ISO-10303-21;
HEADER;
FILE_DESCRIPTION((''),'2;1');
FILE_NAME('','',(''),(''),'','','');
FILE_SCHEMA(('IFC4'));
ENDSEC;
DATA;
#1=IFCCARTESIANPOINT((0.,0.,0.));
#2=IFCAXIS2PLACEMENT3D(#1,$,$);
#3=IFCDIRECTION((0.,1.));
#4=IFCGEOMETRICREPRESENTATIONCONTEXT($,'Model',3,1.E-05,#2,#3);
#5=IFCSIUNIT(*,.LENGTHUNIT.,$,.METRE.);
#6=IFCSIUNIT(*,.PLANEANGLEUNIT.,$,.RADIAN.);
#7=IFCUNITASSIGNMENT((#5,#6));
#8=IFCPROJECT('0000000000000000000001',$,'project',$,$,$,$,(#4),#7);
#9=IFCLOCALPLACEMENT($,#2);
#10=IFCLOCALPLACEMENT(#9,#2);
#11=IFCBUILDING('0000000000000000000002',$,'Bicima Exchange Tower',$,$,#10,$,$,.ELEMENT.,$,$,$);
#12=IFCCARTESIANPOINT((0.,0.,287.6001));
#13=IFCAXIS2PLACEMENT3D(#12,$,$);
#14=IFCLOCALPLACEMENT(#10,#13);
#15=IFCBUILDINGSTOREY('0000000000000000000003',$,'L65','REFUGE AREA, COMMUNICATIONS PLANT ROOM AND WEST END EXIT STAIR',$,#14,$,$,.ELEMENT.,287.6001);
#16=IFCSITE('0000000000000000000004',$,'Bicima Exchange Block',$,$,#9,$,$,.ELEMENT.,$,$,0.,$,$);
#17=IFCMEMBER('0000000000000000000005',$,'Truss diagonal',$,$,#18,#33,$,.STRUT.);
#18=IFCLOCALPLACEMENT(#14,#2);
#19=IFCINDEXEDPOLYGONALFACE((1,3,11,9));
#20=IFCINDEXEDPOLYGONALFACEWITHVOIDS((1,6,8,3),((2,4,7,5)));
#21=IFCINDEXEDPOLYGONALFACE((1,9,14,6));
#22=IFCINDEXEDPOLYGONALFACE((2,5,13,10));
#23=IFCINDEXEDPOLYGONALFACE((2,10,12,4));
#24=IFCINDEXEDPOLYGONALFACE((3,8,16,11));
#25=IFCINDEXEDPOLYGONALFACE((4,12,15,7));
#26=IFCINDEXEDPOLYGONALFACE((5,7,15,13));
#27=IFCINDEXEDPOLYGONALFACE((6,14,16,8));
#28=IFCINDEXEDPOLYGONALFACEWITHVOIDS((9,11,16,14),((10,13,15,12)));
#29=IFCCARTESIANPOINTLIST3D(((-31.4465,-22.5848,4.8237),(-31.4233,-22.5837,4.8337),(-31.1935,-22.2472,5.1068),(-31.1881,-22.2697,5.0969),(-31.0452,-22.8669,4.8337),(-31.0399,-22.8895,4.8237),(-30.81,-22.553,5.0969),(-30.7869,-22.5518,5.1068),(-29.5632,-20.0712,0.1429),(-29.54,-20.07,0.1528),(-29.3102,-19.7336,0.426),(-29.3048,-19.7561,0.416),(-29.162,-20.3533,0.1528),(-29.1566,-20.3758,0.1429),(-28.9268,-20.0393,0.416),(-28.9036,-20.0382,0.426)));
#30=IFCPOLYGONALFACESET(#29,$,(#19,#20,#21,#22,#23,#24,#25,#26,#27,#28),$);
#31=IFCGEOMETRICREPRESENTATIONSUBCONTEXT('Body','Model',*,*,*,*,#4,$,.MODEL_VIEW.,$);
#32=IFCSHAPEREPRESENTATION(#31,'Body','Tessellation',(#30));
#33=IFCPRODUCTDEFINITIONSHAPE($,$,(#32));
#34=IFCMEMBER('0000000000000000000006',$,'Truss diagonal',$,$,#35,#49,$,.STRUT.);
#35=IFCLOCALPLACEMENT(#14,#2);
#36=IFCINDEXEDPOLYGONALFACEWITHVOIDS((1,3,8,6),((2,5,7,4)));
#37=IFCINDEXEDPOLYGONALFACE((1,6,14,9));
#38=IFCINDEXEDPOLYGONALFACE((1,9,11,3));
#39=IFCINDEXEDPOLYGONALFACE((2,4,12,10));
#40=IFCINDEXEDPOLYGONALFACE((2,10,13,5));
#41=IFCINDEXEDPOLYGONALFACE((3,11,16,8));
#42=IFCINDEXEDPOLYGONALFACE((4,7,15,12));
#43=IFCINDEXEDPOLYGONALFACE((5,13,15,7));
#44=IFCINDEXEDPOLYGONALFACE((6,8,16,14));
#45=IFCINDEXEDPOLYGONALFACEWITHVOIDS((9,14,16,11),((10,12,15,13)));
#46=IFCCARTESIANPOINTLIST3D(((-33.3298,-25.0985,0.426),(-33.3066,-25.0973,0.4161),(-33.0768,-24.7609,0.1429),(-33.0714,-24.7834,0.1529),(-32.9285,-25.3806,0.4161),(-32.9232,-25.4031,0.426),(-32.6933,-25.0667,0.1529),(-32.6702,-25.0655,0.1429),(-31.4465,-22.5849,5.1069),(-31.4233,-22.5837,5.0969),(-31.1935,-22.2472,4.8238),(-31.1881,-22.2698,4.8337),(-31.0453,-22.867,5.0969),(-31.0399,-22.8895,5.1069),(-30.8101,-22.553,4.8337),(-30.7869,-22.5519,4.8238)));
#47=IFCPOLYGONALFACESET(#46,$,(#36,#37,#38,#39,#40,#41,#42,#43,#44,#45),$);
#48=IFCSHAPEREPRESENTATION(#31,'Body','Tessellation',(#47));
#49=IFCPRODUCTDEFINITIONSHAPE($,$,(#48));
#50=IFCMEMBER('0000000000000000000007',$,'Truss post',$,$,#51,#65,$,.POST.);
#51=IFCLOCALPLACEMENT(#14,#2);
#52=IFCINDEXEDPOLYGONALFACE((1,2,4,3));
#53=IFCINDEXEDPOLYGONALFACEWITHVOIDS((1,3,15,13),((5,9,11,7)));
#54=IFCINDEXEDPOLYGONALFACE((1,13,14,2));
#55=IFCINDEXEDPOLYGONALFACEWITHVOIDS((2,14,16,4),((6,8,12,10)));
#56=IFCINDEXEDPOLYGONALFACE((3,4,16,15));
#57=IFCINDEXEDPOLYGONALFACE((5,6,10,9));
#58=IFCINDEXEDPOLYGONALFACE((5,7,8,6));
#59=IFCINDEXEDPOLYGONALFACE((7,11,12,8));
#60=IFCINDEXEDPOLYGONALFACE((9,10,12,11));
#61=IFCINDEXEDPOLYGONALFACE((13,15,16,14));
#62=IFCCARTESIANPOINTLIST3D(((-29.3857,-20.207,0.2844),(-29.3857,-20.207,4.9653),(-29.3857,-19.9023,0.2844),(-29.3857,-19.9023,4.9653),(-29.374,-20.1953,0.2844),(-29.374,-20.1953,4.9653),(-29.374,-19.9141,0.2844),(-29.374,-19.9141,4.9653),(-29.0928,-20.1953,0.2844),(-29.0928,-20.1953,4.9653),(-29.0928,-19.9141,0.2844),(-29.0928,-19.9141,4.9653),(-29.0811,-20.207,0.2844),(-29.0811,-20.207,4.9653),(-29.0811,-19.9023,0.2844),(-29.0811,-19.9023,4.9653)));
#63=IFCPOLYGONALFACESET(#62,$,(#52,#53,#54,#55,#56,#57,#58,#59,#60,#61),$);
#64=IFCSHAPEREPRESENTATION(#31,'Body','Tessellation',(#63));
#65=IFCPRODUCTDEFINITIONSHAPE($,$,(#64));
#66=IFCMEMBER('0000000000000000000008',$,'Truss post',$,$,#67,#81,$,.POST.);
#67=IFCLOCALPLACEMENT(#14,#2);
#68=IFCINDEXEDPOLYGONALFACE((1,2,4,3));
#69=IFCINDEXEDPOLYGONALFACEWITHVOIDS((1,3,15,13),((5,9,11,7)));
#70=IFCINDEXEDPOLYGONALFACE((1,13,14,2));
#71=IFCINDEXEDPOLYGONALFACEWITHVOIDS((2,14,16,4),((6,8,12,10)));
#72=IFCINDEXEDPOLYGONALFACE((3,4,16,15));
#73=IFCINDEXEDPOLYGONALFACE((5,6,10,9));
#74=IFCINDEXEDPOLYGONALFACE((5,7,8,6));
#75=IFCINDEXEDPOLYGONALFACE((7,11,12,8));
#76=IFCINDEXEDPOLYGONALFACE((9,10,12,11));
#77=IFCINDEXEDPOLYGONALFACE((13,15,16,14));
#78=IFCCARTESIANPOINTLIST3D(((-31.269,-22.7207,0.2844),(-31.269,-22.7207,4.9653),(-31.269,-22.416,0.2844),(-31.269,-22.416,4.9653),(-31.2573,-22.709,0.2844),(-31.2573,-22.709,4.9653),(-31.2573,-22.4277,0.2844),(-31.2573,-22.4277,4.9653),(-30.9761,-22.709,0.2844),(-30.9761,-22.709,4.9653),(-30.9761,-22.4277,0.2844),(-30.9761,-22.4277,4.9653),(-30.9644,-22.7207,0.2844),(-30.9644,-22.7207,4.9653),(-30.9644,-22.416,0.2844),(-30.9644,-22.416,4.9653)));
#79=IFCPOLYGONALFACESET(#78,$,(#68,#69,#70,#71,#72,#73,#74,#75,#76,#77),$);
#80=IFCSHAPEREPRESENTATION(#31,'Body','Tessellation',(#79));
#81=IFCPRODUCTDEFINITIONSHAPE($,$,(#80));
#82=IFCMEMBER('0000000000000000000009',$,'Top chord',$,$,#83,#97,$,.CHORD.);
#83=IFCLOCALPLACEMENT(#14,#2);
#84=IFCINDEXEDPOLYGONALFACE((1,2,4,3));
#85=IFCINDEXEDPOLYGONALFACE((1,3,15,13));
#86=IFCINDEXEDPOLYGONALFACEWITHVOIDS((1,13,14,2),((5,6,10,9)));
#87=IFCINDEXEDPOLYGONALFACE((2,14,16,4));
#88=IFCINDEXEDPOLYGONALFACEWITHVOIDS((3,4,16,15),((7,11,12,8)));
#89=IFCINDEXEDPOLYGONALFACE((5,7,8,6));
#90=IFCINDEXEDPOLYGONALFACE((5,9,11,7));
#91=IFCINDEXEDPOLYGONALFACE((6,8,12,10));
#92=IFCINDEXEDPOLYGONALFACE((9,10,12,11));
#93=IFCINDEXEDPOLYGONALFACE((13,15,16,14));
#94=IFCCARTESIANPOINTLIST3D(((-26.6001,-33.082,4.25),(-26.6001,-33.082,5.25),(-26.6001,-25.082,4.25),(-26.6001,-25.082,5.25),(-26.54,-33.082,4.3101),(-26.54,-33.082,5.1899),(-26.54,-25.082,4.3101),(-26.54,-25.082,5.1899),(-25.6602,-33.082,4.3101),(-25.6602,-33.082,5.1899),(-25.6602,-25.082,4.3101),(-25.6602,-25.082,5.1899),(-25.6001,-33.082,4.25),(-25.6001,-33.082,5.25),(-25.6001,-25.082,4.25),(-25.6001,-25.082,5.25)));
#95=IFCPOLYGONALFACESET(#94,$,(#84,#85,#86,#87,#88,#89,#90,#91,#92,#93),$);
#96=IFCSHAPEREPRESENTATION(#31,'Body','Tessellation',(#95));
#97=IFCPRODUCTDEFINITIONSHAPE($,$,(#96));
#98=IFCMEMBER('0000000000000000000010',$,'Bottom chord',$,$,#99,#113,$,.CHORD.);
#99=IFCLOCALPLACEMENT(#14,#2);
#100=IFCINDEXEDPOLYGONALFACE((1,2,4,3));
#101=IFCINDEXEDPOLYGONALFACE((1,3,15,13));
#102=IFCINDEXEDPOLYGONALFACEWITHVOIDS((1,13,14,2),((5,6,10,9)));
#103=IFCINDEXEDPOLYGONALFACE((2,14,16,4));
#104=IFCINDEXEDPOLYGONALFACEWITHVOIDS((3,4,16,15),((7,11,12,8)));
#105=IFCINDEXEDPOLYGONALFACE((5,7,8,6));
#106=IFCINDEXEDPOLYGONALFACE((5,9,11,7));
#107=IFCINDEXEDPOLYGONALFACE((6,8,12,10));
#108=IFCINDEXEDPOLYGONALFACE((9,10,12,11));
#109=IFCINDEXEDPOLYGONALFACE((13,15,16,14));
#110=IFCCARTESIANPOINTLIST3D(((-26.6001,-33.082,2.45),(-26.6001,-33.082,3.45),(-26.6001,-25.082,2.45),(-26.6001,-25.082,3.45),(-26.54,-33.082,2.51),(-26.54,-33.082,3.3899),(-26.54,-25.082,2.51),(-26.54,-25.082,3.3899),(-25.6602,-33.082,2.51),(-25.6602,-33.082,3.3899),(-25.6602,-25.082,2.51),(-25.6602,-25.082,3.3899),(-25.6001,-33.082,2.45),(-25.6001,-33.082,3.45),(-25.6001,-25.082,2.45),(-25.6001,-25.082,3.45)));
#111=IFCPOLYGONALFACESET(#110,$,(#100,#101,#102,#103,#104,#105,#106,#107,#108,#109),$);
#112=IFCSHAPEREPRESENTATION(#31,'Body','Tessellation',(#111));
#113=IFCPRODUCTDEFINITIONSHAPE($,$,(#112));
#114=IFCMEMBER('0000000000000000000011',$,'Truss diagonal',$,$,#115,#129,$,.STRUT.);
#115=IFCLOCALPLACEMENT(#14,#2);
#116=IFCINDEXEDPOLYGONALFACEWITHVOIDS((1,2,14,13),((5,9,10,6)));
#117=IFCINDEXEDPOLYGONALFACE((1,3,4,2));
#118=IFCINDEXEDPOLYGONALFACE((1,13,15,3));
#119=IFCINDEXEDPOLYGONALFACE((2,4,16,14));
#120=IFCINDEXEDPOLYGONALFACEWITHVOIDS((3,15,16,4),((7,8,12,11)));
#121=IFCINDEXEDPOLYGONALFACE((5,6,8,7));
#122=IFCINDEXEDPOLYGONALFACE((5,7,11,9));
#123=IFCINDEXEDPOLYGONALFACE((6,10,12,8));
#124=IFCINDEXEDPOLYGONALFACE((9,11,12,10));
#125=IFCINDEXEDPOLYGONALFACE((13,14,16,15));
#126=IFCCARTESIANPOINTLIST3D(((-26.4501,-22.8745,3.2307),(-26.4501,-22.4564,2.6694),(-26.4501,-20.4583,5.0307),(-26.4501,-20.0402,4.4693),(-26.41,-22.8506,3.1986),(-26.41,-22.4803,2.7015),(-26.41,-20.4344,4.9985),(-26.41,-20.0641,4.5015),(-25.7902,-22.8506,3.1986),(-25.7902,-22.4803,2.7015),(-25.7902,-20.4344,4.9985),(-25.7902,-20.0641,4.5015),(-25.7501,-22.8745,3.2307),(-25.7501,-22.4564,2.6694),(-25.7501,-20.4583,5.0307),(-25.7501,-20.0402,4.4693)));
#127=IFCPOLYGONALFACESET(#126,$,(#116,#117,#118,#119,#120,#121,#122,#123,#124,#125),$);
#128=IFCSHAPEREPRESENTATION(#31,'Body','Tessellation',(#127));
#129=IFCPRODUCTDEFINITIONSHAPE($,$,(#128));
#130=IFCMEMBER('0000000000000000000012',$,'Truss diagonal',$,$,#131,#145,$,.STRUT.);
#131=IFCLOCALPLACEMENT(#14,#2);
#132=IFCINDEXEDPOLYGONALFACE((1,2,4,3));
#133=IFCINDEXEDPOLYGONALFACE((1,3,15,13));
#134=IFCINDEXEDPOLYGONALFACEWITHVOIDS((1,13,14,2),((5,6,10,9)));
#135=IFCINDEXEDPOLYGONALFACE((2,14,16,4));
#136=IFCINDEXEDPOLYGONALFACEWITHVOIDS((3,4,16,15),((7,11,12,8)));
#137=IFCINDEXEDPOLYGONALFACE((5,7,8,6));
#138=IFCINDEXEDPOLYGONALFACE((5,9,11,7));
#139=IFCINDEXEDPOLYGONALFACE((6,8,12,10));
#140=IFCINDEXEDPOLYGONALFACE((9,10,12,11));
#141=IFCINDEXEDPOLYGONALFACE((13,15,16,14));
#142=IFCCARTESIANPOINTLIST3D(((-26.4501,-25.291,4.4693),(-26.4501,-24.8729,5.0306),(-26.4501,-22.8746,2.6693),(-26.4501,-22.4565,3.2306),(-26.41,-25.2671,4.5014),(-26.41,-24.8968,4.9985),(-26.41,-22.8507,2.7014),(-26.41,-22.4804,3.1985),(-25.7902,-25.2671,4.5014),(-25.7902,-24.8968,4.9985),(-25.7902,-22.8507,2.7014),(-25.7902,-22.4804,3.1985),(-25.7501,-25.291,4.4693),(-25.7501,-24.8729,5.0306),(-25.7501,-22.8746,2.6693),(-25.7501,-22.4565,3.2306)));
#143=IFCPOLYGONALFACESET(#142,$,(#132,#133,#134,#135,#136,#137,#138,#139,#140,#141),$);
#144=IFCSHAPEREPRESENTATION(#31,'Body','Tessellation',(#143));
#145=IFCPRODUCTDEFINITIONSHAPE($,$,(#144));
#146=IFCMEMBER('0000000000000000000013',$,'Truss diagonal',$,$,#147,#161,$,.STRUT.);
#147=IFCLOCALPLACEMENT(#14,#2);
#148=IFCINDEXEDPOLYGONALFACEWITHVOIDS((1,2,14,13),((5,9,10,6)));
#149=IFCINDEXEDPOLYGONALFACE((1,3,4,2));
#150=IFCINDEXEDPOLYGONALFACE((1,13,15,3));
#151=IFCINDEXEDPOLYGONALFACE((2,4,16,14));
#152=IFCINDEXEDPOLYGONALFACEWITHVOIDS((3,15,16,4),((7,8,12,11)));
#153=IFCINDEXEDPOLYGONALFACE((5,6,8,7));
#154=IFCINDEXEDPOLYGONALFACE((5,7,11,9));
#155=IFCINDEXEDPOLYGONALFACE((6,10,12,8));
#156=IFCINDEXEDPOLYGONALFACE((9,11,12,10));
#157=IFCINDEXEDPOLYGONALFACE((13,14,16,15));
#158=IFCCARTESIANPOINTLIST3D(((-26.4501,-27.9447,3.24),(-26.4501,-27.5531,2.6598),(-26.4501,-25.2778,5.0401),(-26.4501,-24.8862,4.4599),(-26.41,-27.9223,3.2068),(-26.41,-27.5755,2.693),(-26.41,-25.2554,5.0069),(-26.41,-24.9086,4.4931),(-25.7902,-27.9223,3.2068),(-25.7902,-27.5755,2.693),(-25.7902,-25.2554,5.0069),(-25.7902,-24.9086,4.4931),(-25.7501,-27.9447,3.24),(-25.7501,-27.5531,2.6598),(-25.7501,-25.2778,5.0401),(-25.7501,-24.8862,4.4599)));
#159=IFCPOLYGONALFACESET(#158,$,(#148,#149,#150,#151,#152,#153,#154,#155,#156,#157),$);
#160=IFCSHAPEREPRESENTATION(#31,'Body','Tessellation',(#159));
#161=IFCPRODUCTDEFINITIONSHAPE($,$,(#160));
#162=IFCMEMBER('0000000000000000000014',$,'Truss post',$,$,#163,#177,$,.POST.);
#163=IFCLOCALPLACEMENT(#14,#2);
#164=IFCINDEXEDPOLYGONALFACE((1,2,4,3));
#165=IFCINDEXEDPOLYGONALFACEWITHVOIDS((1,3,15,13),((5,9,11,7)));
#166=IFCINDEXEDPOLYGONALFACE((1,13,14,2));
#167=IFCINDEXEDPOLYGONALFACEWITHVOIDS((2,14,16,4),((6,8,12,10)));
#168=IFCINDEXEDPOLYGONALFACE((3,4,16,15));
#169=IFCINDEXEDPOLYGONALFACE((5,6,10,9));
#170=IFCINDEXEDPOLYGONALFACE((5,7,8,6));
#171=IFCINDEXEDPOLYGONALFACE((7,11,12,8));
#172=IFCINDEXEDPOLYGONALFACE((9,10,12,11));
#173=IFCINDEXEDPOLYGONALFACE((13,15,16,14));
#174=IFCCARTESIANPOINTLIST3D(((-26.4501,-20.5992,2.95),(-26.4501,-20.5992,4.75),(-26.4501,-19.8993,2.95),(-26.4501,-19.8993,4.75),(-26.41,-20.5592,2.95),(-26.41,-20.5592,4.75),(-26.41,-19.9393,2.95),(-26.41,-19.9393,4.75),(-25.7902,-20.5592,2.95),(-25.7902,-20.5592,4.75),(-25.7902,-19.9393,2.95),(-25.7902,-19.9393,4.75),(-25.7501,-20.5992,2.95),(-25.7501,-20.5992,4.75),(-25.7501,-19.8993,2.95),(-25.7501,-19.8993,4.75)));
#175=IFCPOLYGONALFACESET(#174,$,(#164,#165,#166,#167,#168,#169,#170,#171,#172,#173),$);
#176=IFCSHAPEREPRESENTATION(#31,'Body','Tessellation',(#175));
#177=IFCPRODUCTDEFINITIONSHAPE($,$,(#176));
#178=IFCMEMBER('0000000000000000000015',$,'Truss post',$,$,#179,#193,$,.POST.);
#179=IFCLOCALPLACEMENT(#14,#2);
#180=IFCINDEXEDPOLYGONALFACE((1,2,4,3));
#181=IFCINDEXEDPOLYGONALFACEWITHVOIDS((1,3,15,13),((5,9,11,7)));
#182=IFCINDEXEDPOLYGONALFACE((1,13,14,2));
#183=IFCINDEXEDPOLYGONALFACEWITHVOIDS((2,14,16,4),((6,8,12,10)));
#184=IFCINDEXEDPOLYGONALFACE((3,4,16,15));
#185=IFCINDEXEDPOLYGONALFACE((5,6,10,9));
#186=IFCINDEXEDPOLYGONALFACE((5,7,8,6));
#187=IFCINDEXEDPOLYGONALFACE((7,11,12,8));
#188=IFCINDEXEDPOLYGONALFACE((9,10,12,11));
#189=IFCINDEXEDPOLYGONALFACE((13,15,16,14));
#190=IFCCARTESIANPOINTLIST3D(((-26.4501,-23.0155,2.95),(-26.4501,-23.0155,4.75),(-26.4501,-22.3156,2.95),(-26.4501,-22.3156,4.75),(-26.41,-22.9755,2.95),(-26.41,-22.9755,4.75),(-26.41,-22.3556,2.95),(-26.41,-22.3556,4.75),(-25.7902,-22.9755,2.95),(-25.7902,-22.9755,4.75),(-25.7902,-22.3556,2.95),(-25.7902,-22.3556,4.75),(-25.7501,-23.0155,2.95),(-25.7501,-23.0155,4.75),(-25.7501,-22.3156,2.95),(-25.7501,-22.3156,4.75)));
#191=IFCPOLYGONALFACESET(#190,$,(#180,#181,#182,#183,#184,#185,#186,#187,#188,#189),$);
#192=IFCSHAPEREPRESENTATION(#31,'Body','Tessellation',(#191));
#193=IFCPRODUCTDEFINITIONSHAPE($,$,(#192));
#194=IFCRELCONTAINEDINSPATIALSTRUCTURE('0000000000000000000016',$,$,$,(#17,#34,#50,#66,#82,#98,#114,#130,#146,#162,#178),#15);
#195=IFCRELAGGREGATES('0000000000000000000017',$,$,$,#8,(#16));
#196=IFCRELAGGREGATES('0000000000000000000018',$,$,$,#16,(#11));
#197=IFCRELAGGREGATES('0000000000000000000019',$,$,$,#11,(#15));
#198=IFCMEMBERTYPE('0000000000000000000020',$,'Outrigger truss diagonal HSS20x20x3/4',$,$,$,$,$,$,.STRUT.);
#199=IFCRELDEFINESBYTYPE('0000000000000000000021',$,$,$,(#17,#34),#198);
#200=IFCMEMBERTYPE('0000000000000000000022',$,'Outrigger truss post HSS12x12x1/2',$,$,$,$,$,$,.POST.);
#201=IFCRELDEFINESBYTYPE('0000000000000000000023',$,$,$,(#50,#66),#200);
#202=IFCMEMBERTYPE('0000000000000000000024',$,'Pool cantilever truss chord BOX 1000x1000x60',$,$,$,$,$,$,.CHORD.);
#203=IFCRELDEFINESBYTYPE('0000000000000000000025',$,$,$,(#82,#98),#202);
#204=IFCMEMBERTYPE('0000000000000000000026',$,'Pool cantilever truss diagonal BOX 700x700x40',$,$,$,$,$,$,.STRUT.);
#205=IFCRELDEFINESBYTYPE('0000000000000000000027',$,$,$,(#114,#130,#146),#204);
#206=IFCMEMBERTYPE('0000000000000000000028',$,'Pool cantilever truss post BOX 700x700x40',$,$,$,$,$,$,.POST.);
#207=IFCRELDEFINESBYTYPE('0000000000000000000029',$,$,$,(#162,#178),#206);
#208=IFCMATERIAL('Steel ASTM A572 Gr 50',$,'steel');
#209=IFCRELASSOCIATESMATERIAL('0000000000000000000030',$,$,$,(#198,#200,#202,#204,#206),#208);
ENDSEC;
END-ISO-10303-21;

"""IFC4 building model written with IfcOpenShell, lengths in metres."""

from ifc_helpers import new_model, si_unit, direction, frame, origin, origin_2d, place, context, subcontext, project, spatial, hollow_rectangle, extrude, material, material_profile, profile_set, type_object, element, save


model = new_model("IFC4")

# Units and contexts
model_context = context("Model", 3, precision=1e-05, world=origin(), true_north=direction((0.0, 1.0)))
body_context = subcontext(model_context, "Body", "Model", "MODEL_VIEW")
ifc_project = project(units=[si_unit("LENGTHUNIT", "METRE"), si_unit("PLANEANGLEUNIT", "RADIAN")], contexts=[model_context])

# Site, building, storey
site_placement = place(None, origin())
site = spatial("IfcSite", under=ifc_project, at=site_placement, Name="Bicima Exchange Block", CompositionType="ELEMENT", RefElevation=0.0)
building_placement = place(site_placement, origin())
building = spatial("IfcBuilding", under=site, at=building_placement, Name="Bicima Exchange Tower", CompositionType="ELEMENT")
storey_placement = place(building_placement, frame((0.0, 0.0, 287.6001)))
storey = spatial("IfcBuildingStorey", under=building, at=storey_placement, Name="L65", Description="REFUGE AREA, COMMUNICATIONS PLANT ROOM AND WEST END EXIT STAIR", CompositionType="ELEMENT", Elevation=287.6001)

# Shared definitions
ifc_material_1 = material(Name="Steel ASTM A572 Gr 50", Category="steel")

# Members
ifc_material_profile_1 = material_profile(ifc_material_1, hollow_rectangle(XDim=0.5081, YDim=0.5081, WallThickness=0.0178, at=origin_2d()))
ifc_profile_set_1 = profile_set([ifc_material_profile_1], Name="Steel ASTM A572 Gr 50")
member_type_1 = type_object("IfcMemberType", Name="Outrigger truss diagonal HSS20x20x3/4", PredefinedType="STRUT", material=ifc_profile_set_1)
for number, where, z_axis, x_axis, name in (
    (1, (-29.2334, -20.0547, 0.2844), (-0.334094, -0.44592, 0.830383), (0.800298, -0.599602, 0.0), "Truss diagonal"),
    (2, (-31.1167, -22.5684, 4.9653), (-0.334094, -0.44592, -0.830383), (0.800298, -0.599602, 0.0), "Truss diagonal"),
):
    element("IfcMember", number, at=place(storey_placement, frame(where, z_axis=z_axis, x_axis=x_axis)), inside=storey, type_object=member_type_1, Name=name, PredefinedType="STRUT", context=body_context, shape_type="SweptSolid", body=[
        extrude(hollow_rectangle(XDim=0.5081, YDim=0.5081, WallThickness=0.0178, at=origin_2d()), origin(), (0.0, 0.0, 1.0), 5.637),
    ])
ifc_material_profile_2 = material_profile(ifc_material_1, hollow_rectangle(XDim=0.3047, YDim=0.3047, WallThickness=0.0117, at=origin_2d()))
ifc_profile_set_2 = profile_set([ifc_material_profile_2], Name="Steel ASTM A572 Gr 50")
member_type_2 = type_object("IfcMemberType", Name="Outrigger truss post HSS12x12x1/2", PredefinedType="POST", material=ifc_profile_set_2)
for number, where, z_axis, x_axis, name in (
    (3, (-29.2334, -20.0547, 0.2844), (0.0, 0.0, 1.0), (1.0, 0.0, 0.0), "Truss post"),
    (4, (-31.1167, -22.5684, 0.2844), (0.0, 0.0, 1.0), (1.0, 0.0, 0.0), "Truss post"),
):
    element("IfcMember", number, at=place(storey_placement, frame(where, z_axis=z_axis, x_axis=x_axis)), inside=storey, type_object=member_type_2, Name=name, PredefinedType="POST", context=body_context, shape_type="SweptSolid", body=[
        extrude(hollow_rectangle(XDim=0.3047, YDim=0.3047, WallThickness=0.0117, at=origin_2d()), origin(), (0.0, 0.0, 1.0), 4.6809),
    ])
ifc_material_profile_3 = material_profile(ifc_material_1, hollow_rectangle(XDim=1.0, YDim=1.0, WallThickness=0.0601, at=origin_2d()))
ifc_profile_set_3 = profile_set([ifc_material_profile_3], Name="Steel ASTM A572 Gr 50")
member_type_3 = type_object("IfcMemberType", Name="Pool cantilever truss chord BOX 1000x1000x60", PredefinedType="CHORD", material=ifc_profile_set_3)
for number, where, z_axis, x_axis, name in (
    (5, (-26.1001, -25.082, 4.75), (0.0, -1.0, 0.0), (1.0, 0.0, 0.0), "Top chord"),
    (6, (-26.1001, -25.082, 2.95), (0.0, -1.0, 0.0), (1.0, 0.0, 0.0), "Bottom chord"),
):
    element("IfcMember", number, at=place(storey_placement, frame(where, z_axis=z_axis, x_axis=x_axis)), inside=storey, type_object=member_type_3, Name=name, PredefinedType="CHORD", context=body_context, shape_type="SweptSolid", body=[
        extrude(hollow_rectangle(XDim=1.0, YDim=1.0, WallThickness=0.0601, at=origin_2d()), origin(), (0.0, 0.0, 1.0), 8.0),
    ])
ifc_material_profile_4 = material_profile(ifc_material_1, hollow_rectangle(XDim=0.7, YDim=0.7, WallThickness=0.04, at=origin_2d()))
ifc_profile_set_4 = profile_set([ifc_material_profile_4], Name="Steel ASTM A572 Gr 50")
member_type_4 = type_object("IfcMemberType", Name="Pool cantilever truss diagonal BOX 700x700x40", PredefinedType="STRUT", material=ifc_profile_set_4)
member_1_placement = place(storey_placement, frame((-26.1001, -20.2493, 4.75), z_axis=(0.0, -0.801931, -0.597417), x_axis=(1.0, 0.0, 0.0)))
element("IfcMember", 7, at=member_1_placement, inside=storey, type_object=member_type_4, Name="Truss diagonal", PredefinedType="STRUT", context=body_context, shape_type="SweptSolid", body=[
    extrude(hollow_rectangle(XDim=0.7, YDim=0.7, WallThickness=0.04, at=origin_2d()), origin(), (0.0, 0.0, 1.0), 3.0129),
])
member_2_placement = place(storey_placement, frame((-26.1001, -22.6655, 2.95), z_axis=(0.0, -0.80196, 0.597378), x_axis=(1.0, 0.0, 0.0)))
element("IfcMember", 8, at=member_2_placement, inside=storey, type_object=member_type_4, Name="Truss diagonal", PredefinedType="STRUT", context=body_context, shape_type="SweptSolid", body=[
    extrude(hollow_rectangle(XDim=0.7, YDim=0.7, WallThickness=0.04, at=origin_2d()), origin(), (0.0, 0.0, 1.0), 3.0132),
])
member_3_placement = place(storey_placement, frame((-26.1001, -25.082, 4.75), z_axis=(0.0, -0.82885, -0.559472), x_axis=(1.0, 0.0, 0.0)))
element("IfcMember", 9, at=member_3_placement, inside=storey, type_object=member_type_4, Name="Truss diagonal", PredefinedType="STRUT", context=body_context, shape_type="SweptSolid", body=[
    extrude(hollow_rectangle(XDim=0.7, YDim=0.7, WallThickness=0.04, at=origin_2d()), origin(), (0.0, 0.0, 1.0), 3.2175),
])
member_type_5 = type_object("IfcMemberType", Name="Pool cantilever truss post BOX 700x700x40", PredefinedType="POST", material=ifc_profile_set_4)
for number, where, z_axis, x_axis, name in (
    (10, (-26.1001, -20.2493, 2.95), (0.0, 0.0, 1.0), (1.0, 0.0, 0.0), "Truss post"),
    (11, (-26.1001, -22.6655, 2.95), (0.0, 0.0, 1.0), (1.0, 0.0, 0.0), "Truss post"),
):
    element("IfcMember", number, at=place(storey_placement, frame(where, z_axis=z_axis, x_axis=x_axis)), inside=storey, type_object=member_type_5, Name=name, PredefinedType="POST", context=body_context, shape_type="SweptSolid", body=[
        extrude(hollow_rectangle(XDim=0.7, YDim=0.7, WallThickness=0.04, at=origin_2d()), origin(), (0.0, 0.0, 1.0), 1.8),
    ])

save(model, "model.ifc")
